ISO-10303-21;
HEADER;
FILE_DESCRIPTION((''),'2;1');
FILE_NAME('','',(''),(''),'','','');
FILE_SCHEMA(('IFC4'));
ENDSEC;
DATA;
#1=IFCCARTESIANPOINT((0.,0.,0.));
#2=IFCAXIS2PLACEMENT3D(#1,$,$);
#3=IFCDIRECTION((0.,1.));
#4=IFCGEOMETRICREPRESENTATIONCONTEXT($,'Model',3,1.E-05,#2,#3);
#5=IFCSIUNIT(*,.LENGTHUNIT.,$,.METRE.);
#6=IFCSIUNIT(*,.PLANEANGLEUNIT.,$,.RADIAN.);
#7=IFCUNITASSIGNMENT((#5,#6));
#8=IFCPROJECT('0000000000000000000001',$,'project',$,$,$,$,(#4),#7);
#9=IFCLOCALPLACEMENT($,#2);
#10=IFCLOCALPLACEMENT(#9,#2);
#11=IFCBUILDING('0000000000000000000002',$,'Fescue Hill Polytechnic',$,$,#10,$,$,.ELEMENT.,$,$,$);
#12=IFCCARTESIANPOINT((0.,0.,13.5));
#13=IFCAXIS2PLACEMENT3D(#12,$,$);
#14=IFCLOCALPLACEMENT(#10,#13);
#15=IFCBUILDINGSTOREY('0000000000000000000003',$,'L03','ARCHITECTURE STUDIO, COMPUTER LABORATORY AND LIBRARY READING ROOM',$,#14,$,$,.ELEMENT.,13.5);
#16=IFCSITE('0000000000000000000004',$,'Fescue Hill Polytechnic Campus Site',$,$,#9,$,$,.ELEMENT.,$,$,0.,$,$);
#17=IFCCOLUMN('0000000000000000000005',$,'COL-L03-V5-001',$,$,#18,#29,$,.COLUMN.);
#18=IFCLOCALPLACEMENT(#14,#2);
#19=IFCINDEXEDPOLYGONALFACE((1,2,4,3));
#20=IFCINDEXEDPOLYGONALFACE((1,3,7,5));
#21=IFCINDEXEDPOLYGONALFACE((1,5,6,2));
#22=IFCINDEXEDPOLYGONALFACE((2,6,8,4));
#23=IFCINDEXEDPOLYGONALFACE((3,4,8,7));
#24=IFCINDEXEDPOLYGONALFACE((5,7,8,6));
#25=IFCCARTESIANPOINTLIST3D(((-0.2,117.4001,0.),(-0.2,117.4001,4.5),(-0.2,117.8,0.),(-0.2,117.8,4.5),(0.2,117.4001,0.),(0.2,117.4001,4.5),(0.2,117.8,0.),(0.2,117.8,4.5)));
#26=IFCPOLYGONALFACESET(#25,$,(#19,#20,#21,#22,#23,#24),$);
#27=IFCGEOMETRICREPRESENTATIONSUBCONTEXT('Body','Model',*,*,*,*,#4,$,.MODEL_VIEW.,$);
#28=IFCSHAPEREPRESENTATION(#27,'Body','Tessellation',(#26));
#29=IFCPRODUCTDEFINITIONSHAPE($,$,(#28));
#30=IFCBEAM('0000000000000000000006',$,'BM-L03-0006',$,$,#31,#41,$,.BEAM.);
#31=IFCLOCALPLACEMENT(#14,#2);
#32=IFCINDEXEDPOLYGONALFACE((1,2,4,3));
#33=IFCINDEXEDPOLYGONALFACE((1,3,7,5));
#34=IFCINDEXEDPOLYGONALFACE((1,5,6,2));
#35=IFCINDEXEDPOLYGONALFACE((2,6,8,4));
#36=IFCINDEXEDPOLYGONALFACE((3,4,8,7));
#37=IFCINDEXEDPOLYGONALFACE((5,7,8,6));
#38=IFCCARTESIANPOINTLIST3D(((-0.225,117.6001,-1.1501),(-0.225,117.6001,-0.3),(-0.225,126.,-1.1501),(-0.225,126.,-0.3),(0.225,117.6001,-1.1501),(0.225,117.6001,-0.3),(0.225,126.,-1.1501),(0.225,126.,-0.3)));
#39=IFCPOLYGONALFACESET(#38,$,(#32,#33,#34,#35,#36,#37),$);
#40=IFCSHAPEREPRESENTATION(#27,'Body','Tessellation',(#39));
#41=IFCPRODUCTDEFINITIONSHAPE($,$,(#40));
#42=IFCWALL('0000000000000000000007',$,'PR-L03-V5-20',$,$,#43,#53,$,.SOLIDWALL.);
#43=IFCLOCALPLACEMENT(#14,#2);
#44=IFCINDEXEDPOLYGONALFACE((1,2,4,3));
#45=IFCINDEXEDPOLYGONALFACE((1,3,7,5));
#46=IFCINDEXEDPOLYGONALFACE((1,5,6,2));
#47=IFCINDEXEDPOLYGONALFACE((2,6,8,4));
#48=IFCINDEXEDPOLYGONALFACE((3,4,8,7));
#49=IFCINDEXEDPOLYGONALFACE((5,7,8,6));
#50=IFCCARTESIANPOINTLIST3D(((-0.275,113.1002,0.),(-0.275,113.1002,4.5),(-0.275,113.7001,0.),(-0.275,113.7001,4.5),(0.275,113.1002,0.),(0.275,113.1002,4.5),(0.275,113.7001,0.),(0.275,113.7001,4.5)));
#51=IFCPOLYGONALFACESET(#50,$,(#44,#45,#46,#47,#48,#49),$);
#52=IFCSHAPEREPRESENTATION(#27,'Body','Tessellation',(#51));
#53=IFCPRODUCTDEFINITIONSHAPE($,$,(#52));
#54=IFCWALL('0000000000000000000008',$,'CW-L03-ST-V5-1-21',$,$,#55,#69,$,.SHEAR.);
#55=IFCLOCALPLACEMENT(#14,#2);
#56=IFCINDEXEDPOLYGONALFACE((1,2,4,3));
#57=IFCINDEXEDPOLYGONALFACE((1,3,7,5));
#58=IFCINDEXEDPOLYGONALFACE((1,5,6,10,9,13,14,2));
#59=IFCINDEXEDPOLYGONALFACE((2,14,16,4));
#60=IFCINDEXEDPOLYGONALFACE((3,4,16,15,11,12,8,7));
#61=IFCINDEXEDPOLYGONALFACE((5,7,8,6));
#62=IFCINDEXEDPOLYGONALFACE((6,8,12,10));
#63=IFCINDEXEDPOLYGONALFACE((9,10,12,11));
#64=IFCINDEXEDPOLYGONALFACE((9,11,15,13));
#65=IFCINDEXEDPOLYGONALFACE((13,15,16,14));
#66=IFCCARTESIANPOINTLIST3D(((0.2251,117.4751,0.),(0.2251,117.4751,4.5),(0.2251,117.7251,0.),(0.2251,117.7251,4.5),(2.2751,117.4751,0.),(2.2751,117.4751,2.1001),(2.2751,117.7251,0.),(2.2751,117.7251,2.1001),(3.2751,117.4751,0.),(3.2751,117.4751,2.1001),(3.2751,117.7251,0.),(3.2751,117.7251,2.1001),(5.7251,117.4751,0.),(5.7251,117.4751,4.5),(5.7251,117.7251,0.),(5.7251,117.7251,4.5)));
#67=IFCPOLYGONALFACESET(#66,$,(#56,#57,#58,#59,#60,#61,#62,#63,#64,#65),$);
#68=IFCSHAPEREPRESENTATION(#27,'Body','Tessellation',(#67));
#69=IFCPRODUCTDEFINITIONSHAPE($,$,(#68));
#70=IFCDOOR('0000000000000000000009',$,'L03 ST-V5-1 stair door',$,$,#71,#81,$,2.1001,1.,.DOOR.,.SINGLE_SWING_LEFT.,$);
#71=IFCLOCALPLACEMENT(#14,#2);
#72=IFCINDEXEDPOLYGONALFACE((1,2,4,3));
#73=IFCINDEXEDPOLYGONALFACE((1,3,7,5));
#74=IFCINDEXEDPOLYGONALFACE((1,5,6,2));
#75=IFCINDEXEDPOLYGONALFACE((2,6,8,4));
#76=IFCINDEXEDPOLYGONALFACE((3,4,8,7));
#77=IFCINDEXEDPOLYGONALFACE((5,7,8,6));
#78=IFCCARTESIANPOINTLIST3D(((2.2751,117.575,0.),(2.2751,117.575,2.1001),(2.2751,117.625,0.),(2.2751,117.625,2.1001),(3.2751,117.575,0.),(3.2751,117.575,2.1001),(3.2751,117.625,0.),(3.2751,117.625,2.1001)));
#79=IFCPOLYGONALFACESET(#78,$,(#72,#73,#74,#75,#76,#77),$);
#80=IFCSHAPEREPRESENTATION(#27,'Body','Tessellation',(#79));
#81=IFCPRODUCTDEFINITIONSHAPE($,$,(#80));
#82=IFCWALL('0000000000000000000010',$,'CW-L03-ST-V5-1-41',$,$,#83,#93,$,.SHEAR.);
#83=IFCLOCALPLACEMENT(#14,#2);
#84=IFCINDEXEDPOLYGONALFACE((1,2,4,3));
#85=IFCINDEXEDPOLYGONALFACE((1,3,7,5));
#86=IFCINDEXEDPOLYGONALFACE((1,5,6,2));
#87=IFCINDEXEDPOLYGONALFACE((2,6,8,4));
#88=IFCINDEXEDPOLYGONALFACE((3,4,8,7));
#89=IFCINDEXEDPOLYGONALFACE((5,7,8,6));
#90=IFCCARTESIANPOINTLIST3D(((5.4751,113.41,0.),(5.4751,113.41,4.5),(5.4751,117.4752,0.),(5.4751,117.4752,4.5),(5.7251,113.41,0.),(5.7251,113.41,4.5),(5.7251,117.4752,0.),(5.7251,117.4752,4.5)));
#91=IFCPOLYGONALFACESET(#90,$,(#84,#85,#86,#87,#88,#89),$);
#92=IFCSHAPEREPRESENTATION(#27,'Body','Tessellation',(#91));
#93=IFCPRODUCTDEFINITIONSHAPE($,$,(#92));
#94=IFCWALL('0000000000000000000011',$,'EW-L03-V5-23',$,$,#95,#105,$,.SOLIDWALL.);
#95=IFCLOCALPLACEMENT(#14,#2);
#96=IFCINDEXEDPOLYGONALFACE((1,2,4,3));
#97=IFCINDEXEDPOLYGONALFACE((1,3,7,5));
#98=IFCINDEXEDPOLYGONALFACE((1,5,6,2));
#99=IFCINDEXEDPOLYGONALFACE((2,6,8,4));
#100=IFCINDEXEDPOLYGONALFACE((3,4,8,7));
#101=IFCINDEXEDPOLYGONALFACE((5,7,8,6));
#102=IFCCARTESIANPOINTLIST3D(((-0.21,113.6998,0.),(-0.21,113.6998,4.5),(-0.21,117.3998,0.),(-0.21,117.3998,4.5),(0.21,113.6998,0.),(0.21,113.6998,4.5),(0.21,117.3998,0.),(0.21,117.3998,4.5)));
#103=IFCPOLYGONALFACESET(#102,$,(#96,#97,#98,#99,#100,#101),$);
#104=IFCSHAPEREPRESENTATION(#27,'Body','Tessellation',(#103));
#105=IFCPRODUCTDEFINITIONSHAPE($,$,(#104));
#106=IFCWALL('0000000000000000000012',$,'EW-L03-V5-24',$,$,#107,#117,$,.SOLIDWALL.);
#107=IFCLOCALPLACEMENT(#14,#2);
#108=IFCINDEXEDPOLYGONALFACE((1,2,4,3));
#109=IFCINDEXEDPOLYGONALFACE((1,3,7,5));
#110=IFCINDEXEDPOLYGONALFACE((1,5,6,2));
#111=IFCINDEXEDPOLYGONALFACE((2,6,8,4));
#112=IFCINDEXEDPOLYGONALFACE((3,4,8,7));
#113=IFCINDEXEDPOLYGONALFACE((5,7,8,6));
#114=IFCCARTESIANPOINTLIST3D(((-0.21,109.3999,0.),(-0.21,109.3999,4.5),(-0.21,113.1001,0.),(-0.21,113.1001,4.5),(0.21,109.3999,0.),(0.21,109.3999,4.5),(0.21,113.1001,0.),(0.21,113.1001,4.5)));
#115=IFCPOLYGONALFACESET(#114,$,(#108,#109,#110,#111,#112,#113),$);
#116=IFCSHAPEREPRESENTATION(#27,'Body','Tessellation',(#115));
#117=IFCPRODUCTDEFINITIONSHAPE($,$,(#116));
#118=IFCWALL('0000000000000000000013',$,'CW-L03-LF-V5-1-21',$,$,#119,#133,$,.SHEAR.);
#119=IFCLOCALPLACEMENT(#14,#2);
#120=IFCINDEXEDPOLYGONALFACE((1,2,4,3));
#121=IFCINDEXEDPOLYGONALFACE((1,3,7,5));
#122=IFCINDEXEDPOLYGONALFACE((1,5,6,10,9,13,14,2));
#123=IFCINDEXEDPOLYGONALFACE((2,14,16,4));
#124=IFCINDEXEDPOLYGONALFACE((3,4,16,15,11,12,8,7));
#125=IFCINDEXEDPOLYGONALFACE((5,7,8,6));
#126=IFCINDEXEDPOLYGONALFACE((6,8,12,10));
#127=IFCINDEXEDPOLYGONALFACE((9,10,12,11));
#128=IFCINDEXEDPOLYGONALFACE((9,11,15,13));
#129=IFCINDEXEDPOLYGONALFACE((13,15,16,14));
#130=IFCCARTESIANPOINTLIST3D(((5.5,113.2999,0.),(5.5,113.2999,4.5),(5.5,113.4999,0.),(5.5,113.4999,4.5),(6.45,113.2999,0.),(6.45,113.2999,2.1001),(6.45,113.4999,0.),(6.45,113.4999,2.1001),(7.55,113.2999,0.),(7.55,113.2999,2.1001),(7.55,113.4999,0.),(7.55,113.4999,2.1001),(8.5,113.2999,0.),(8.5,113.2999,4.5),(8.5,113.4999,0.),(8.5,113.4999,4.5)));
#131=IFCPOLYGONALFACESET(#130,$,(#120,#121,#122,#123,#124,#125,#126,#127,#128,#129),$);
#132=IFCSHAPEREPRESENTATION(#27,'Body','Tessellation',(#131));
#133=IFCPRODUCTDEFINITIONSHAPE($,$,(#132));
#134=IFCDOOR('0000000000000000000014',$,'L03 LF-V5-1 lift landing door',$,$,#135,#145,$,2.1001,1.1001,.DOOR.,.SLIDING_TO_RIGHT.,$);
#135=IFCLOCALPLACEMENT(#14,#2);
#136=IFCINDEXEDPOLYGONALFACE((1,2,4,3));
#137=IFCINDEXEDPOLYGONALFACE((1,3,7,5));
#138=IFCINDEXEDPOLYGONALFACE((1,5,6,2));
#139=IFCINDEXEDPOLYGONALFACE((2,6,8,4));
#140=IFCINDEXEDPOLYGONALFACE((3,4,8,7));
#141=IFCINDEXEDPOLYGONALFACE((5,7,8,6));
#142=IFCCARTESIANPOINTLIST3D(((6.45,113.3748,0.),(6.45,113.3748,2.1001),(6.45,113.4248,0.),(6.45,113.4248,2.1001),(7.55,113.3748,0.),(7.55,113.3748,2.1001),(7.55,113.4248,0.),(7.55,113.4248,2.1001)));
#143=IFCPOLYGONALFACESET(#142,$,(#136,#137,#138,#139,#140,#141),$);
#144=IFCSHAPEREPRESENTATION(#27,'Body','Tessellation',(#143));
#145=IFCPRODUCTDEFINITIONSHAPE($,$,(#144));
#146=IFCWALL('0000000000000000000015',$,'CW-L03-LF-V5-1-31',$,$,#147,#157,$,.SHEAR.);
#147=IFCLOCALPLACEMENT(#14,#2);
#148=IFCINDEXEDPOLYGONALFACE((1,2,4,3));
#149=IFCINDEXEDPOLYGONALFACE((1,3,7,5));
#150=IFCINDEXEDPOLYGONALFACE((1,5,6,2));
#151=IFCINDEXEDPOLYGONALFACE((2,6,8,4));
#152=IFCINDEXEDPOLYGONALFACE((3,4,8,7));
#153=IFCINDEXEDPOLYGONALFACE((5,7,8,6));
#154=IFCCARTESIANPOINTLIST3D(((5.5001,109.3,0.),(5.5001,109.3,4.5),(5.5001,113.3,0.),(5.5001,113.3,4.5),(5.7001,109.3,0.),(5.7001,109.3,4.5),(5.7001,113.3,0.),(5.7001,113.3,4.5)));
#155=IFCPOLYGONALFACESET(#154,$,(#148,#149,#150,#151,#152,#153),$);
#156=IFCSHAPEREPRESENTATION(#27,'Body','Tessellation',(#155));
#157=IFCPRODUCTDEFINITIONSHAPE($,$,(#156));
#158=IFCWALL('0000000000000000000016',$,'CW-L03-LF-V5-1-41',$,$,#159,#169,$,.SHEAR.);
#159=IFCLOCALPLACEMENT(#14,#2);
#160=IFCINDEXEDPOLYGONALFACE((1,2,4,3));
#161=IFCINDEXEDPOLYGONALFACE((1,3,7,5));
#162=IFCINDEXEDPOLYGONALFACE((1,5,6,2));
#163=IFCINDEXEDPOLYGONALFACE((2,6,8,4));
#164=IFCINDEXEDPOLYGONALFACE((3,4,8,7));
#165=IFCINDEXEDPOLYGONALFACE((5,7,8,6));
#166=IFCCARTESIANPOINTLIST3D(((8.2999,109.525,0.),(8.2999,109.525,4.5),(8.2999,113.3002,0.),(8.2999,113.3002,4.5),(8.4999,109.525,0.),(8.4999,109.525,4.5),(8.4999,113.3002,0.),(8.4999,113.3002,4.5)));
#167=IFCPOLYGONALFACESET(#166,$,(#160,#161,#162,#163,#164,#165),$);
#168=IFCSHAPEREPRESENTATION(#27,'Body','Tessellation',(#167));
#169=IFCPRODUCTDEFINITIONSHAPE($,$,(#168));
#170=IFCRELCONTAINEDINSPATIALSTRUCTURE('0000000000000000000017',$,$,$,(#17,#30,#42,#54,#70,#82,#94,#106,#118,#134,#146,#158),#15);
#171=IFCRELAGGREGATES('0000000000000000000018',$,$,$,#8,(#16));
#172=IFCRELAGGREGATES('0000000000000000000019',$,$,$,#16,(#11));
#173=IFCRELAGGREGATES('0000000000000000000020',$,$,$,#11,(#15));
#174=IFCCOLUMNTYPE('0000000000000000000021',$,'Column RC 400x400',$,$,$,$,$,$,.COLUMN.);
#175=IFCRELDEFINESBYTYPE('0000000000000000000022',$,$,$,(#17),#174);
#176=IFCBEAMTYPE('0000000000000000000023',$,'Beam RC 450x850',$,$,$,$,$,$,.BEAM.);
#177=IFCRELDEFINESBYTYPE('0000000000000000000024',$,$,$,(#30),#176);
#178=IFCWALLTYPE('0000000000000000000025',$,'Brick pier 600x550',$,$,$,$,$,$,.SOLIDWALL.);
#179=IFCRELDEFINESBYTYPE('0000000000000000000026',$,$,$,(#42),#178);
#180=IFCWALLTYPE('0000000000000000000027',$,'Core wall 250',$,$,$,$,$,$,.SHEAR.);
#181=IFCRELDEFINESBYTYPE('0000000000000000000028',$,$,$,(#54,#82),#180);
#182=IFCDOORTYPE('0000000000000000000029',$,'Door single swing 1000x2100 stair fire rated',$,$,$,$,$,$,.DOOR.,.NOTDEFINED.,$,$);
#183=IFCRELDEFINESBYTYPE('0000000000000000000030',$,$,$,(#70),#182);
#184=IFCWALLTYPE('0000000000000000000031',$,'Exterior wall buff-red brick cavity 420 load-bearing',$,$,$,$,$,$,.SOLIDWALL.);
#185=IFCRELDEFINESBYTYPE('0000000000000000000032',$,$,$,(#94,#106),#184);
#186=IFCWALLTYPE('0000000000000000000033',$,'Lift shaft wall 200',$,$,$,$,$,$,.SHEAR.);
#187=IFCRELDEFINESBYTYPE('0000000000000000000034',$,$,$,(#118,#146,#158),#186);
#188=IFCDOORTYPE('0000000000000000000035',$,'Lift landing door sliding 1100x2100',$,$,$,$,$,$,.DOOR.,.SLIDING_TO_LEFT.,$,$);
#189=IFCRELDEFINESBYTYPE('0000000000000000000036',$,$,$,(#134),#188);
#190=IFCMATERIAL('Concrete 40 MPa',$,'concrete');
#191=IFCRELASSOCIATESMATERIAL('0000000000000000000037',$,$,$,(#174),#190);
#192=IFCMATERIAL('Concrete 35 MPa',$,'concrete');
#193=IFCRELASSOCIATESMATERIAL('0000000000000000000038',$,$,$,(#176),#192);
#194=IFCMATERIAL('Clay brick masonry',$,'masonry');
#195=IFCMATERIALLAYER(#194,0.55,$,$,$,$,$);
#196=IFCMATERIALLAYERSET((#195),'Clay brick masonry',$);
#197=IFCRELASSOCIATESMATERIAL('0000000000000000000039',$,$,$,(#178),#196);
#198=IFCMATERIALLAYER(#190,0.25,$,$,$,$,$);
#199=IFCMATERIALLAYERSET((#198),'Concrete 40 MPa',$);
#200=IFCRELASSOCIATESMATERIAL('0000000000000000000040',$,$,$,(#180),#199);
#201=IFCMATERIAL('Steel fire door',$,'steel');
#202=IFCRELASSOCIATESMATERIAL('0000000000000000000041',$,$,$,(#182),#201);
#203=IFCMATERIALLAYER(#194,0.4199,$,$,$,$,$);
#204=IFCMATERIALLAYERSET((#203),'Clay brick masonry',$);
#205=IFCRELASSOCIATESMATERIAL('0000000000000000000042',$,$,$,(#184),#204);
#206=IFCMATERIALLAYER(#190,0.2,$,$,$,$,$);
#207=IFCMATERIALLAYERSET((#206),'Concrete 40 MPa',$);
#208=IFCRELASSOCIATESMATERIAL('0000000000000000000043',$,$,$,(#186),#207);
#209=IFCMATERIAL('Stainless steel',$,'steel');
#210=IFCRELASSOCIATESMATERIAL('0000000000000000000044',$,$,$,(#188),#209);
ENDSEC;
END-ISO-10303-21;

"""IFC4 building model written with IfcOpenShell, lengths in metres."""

from ifc_helpers import new_model, si_unit, direction, frame, frame_2d, origin, origin_2d, place, context, subcontext, project, spatial, rectangle, extrude, material, layer, layer_set, material_profile, profile_set, type_object, element, fill, save


model = new_model("IFC4")

# Units and contexts
model_context = context("Model", 3, precision=1e-05, world=origin(), true_north=direction((0.0, 1.0)))
body_context = subcontext(model_context, "Body", "Model", "MODEL_VIEW")
ifc_project = project(units=[si_unit("LENGTHUNIT", "METRE"), si_unit("PLANEANGLEUNIT", "RADIAN")], contexts=[model_context])

# Site, building, storey
site_placement = place(None, origin())
site = spatial("IfcSite", under=ifc_project, at=site_placement, Name="Fescue Hill Polytechnic Campus Site", CompositionType="ELEMENT", RefElevation=0.0)
building_placement = place(site_placement, origin())
building = spatial("IfcBuilding", under=site, at=building_placement, Name="Fescue Hill Polytechnic", CompositionType="ELEMENT")
storey_placement = place(building_placement, frame((0.0, 0.0, 13.5)))
storey = spatial("IfcBuildingStorey", under=building, at=storey_placement, Name="L03", Description="ARCHITECTURE STUDIO, COMPUTER LABORATORY AND LIBRARY READING ROOM", CompositionType="ELEMENT", Elevation=13.5)

# Column
ifc_material_1 = material(Name="Concrete 40 MPa", Category="concrete")
ifc_material_profile_1 = material_profile(ifc_material_1, rectangle(XDim=0.3999, YDim=0.3999, at=origin_2d()), Name="RC 400x400")
ifc_profile_set_1 = profile_set([ifc_material_profile_1], Name="Concrete 40 MPa")
column_type = type_object("IfcColumnType", Name="Column RC 400x400", PredefinedType="COLUMN", material=ifc_profile_set_1)
column_placement = place(storey_placement, frame((0.0, 117.6001, 0.0), z_axis=(0.0, 0.0, 1.0), x_axis=(1.0, 0.0, 0.0)))
element("IfcColumn", 1, at=column_placement, inside=storey, type_object=column_type, Name="COL-L03-V5-001", PredefinedType="COLUMN", context=body_context, shape_type="SweptSolid", body=[
    extrude(rectangle(XDim=0.3999, YDim=0.3999, at=origin_2d()), origin(), (0.0, 0.0, 1.0), 4.5),
])

# Beam
ifc_material_2 = material(Name="Concrete 35 MPa", Category="concrete")
ifc_material_profile_2 = material_profile(ifc_material_2, rectangle(XDim=0.45, YDim=0.8501, at=origin_2d()), Name="RC 450x850")
ifc_profile_set_2 = profile_set([ifc_material_profile_2], Name="Concrete 35 MPa")
beam_type = type_object("IfcBeamType", Name="Beam RC 450x850", PredefinedType="BEAM", material=ifc_profile_set_2)
beam_placement = place(storey_placement, frame((0.0, 117.6001, -0.7251), z_axis=(0.0, 1.0, 0.0), x_axis=(-1.0, 0.0, 0.0)))
element("IfcBeam", 2, at=beam_placement, inside=storey, type_object=beam_type, Name="BM-L03-0006", PredefinedType="BEAM", context=body_context, shape_type="SweptSolid", body=[
    extrude(rectangle(XDim=0.45, YDim=0.8501, at=origin_2d()), origin(), (0.0, 0.0, 1.0), 8.3999),
])

# Wall
ifc_material_3 = material(Name="Clay brick masonry", Category="masonry")
ifc_layer_1 = layer(ifc_material_3, 0.55)
ifc_layer_set_1 = layer_set([ifc_layer_1], Name="Clay brick masonry")
wall_type_1 = type_object("IfcWallType", Name="Brick pier 600x550", PredefinedType="SOLIDWALL", material=ifc_layer_set_1)
wall_1_placement = place(storey_placement, frame((0.0, 113.7, 0.0), z_axis=(0.0, 0.0, 1.0), x_axis=(0.0, -1.0, 0.0)))
element("IfcWall", 3, at=wall_1_placement, inside=storey, type_object=wall_type_1, Name="PR-L03-V5-20", PredefinedType="SOLIDWALL", context=body_context, shape_type="SweptSolid", body=[
    extrude(rectangle(XDim=0.5999, YDim=0.55, at=frame_2d((0.2998, 0.0))), origin(), (0.0, 0.0, 1.0), 4.5),
])

# Wall, opening, door
ifc_layer_2 = layer(ifc_material_1, 0.25)
ifc_layer_set_2 = layer_set([ifc_layer_2], Name="Concrete 40 MPa")
wall_type_2 = type_object("IfcWallType", Name="Core wall 250", PredefinedType="SHEAR", material=ifc_layer_set_2)
wall_2_placement = place(storey_placement, frame((0.2251, 117.6001, 0.0), z_axis=(0.0, 0.0, 1.0), x_axis=(1.0, 0.0, 0.0)))
wall_2 = element("IfcWall", 4, at=wall_2_placement, inside=storey, type_object=wall_type_2, Name="CW-L03-ST-V5-1-21", PredefinedType="SHEAR", context=body_context, shape_type="SweptSolid", body=[
    extrude(rectangle(XDim=5.5, YDim=0.25, at=frame_2d((2.75, 0.0))), origin(), (0.0, 0.0, 1.0), 4.5),
])
opening_1_placement = place(wall_2_placement, frame((2.05, 0.0, 0.0)))
opening_1 = element("IfcOpeningElement", 5, at=opening_1_placement, cuts=wall_2, PredefinedType="OPENING", context=body_context, shape_type="SweptSolid", body=[
    extrude(rectangle(XDim=1.0, YDim=2.1001, at=frame_2d((0.5, 1.05))), frame((0.0, 0.135, 0.0), z_axis=(0.0, -1.0, 0.0), x_axis=(1.0, 0.0, 0.0)), (0.0, 0.0, 1.0), 0.27),
])
ifc_material_4 = material(Name="Steel fire door", Category="steel")
door_type_1 = type_object("IfcDoorType", Name="Door single swing 1000x2100 stair fire rated", OperationType="NOTDEFINED", PredefinedType="DOOR", material=ifc_material_4)
door_1_placement = place(opening_1_placement, origin())
door_1 = element("IfcDoor", 6, at=door_1_placement, inside=storey, type_object=door_type_1, Name="L03 ST-V5-1 stair door", OperationType="SINGLE_SWING_LEFT", OverallHeight=2.1001, OverallWidth=1.0, PredefinedType="DOOR", context=body_context, shape_type="SweptSolid", body=[
    extrude(rectangle(XDim=1.0, YDim=2.1001, at=frame_2d((0.5, 1.05))), frame((0.0, 0.0249, 0.0), z_axis=(0.0, -1.0, 0.0), x_axis=(1.0, 0.0, 0.0)), (0.0, 0.0, 1.0), 0.05),
])
fill(opening_1, door_1)

# Walls
wall_3_placement = place(storey_placement, frame((5.6001, 113.4099, 0.0), z_axis=(0.0, 0.0, 1.0), x_axis=(0.0, 1.0, 0.0)))
element("IfcWall", 7, at=wall_3_placement, inside=storey, type_object=wall_type_2, Name="CW-L03-ST-V5-1-41", PredefinedType="SHEAR", context=body_context, shape_type="SweptSolid", body=[
    extrude(rectangle(XDim=4.0652, YDim=0.25, at=frame_2d((2.0327, 0.0))), origin(), (0.0, 0.0, 1.0), 4.5),
])
ifc_layer_3 = layer(ifc_material_3, 0.4199)
ifc_layer_set_3 = layer_set([ifc_layer_3], Name="Clay brick masonry")
wall_type_3 = type_object("IfcWallType", Name="Exterior wall buff-red brick cavity 420 load-bearing", PredefinedType="SOLIDWALL", material=ifc_layer_set_3)
wall_4_placement = place(storey_placement, frame((0.0, 117.3999, 0.0), z_axis=(0.0, 0.0, 1.0), x_axis=(0.0, -1.0, 0.0)))
element("IfcWall", 8, at=wall_4_placement, inside=storey, type_object=wall_type_3, Name="EW-L03-V5-23", PredefinedType="SOLIDWALL", context=body_context, shape_type="SweptSolid", body=[
    extrude(rectangle(XDim=3.7, YDim=0.4199, at=frame_2d((1.8501, 0.0))), origin(), (0.0, 0.0, 1.0), 4.5),
])
wall_5_placement = place(storey_placement, frame((0.0, 113.1001, 0.0), z_axis=(0.0, 0.0, 1.0), x_axis=(0.0, -1.0, 0.0)))
element("IfcWall", 9, at=wall_5_placement, inside=storey, type_object=wall_type_3, Name="EW-L03-V5-24", PredefinedType="SOLIDWALL", context=body_context, shape_type="SweptSolid", body=[
    extrude(rectangle(XDim=3.7002, YDim=0.4199, at=frame_2d((1.8501, 0.0))), origin(), (0.0, 0.0, 1.0), 4.5),
])

# Wall, opening, door
ifc_layer_4 = layer(ifc_material_1, 0.2)
ifc_layer_set_4 = layer_set([ifc_layer_4], Name="Concrete 40 MPa")
wall_type_4 = type_object("IfcWallType", Name="Lift shaft wall 200", PredefinedType="SHEAR", material=ifc_layer_set_4)
wall_6_placement = place(storey_placement, frame((5.5, 113.3999, 0.0), z_axis=(0.0, 0.0, 1.0), x_axis=(1.0, 0.0, 0.0)))
wall_6 = element("IfcWall", 10, at=wall_6_placement, inside=storey, type_object=wall_type_4, Name="CW-L03-LF-V5-1-21", PredefinedType="SHEAR", context=body_context, shape_type="SweptSolid", body=[
    extrude(rectangle(XDim=3.0, YDim=0.2, at=frame_2d((1.5, 0.0))), origin(), (0.0, 0.0, 1.0), 4.5),
])
opening_2_placement = place(wall_6_placement, frame((0.95, 0.0, 0.0)))
opening_2 = element("IfcOpeningElement", 11, at=opening_2_placement, cuts=wall_6, PredefinedType="OPENING", context=body_context, shape_type="SweptSolid", body=[
    extrude(rectangle(XDim=1.1001, YDim=2.1001, at=frame_2d((0.55, 1.05))), frame((0.0, 0.1099, 0.0), z_axis=(0.0, -1.0, 0.0), x_axis=(1.0, 0.0, 0.0)), (0.0, 0.0, 1.0), 0.22),
])
ifc_material_5 = material(Name="Stainless steel", Category="steel")
door_type_2 = type_object("IfcDoorType", Name="Lift landing door sliding 1100x2100", OperationType="SLIDING_TO_LEFT", PredefinedType="DOOR", material=ifc_material_5)
door_2_placement = place(opening_2_placement, origin())
door_2 = element("IfcDoor", 12, at=door_2_placement, inside=storey, type_object=door_type_2, Name="L03 LF-V5-1 lift landing door", OperationType="SLIDING_TO_RIGHT", OverallHeight=2.1001, OverallWidth=1.1001, PredefinedType="DOOR", context=body_context, shape_type="SweptSolid", body=[
    extrude(rectangle(XDim=1.1001, YDim=2.1001, at=frame_2d((0.55, 1.05))), frame((0.0, 0.0249, 0.0), z_axis=(0.0, -1.0, 0.0), x_axis=(1.0, 0.0, 0.0)), (0.0, 0.0, 1.0), 0.05),
])
fill(opening_2, door_2)

# Walls
wall_7_placement = place(storey_placement, frame((5.6001, 109.3, 0.0), z_axis=(0.0, 0.0, 1.0), x_axis=(0.0, 1.0, 0.0)))
element("IfcWall", 13, at=wall_7_placement, inside=storey, type_object=wall_type_4, Name="CW-L03-LF-V5-1-31", PredefinedType="SHEAR", context=body_context, shape_type="SweptSolid", body=[
    extrude(rectangle(XDim=4.0, YDim=0.2, at=frame_2d((2.0, 0.0))), origin(), (0.0, 0.0, 1.0), 4.5),
])
wall_8_placement = place(storey_placement, frame((8.3999, 109.5249, 0.0), z_axis=(0.0, 0.0, 1.0), x_axis=(0.0, 1.0, 0.0)))
element("IfcWall", 14, at=wall_8_placement, inside=storey, type_object=wall_type_4, Name="CW-L03-LF-V5-1-41", PredefinedType="SHEAR", context=body_context, shape_type="SweptSolid", body=[
    extrude(rectangle(XDim=3.7751, YDim=0.2, at=frame_2d((1.8877, 0.0))), origin(), (0.0, 0.0, 1.0), 4.5),
])

save(model, "model.ifc")
